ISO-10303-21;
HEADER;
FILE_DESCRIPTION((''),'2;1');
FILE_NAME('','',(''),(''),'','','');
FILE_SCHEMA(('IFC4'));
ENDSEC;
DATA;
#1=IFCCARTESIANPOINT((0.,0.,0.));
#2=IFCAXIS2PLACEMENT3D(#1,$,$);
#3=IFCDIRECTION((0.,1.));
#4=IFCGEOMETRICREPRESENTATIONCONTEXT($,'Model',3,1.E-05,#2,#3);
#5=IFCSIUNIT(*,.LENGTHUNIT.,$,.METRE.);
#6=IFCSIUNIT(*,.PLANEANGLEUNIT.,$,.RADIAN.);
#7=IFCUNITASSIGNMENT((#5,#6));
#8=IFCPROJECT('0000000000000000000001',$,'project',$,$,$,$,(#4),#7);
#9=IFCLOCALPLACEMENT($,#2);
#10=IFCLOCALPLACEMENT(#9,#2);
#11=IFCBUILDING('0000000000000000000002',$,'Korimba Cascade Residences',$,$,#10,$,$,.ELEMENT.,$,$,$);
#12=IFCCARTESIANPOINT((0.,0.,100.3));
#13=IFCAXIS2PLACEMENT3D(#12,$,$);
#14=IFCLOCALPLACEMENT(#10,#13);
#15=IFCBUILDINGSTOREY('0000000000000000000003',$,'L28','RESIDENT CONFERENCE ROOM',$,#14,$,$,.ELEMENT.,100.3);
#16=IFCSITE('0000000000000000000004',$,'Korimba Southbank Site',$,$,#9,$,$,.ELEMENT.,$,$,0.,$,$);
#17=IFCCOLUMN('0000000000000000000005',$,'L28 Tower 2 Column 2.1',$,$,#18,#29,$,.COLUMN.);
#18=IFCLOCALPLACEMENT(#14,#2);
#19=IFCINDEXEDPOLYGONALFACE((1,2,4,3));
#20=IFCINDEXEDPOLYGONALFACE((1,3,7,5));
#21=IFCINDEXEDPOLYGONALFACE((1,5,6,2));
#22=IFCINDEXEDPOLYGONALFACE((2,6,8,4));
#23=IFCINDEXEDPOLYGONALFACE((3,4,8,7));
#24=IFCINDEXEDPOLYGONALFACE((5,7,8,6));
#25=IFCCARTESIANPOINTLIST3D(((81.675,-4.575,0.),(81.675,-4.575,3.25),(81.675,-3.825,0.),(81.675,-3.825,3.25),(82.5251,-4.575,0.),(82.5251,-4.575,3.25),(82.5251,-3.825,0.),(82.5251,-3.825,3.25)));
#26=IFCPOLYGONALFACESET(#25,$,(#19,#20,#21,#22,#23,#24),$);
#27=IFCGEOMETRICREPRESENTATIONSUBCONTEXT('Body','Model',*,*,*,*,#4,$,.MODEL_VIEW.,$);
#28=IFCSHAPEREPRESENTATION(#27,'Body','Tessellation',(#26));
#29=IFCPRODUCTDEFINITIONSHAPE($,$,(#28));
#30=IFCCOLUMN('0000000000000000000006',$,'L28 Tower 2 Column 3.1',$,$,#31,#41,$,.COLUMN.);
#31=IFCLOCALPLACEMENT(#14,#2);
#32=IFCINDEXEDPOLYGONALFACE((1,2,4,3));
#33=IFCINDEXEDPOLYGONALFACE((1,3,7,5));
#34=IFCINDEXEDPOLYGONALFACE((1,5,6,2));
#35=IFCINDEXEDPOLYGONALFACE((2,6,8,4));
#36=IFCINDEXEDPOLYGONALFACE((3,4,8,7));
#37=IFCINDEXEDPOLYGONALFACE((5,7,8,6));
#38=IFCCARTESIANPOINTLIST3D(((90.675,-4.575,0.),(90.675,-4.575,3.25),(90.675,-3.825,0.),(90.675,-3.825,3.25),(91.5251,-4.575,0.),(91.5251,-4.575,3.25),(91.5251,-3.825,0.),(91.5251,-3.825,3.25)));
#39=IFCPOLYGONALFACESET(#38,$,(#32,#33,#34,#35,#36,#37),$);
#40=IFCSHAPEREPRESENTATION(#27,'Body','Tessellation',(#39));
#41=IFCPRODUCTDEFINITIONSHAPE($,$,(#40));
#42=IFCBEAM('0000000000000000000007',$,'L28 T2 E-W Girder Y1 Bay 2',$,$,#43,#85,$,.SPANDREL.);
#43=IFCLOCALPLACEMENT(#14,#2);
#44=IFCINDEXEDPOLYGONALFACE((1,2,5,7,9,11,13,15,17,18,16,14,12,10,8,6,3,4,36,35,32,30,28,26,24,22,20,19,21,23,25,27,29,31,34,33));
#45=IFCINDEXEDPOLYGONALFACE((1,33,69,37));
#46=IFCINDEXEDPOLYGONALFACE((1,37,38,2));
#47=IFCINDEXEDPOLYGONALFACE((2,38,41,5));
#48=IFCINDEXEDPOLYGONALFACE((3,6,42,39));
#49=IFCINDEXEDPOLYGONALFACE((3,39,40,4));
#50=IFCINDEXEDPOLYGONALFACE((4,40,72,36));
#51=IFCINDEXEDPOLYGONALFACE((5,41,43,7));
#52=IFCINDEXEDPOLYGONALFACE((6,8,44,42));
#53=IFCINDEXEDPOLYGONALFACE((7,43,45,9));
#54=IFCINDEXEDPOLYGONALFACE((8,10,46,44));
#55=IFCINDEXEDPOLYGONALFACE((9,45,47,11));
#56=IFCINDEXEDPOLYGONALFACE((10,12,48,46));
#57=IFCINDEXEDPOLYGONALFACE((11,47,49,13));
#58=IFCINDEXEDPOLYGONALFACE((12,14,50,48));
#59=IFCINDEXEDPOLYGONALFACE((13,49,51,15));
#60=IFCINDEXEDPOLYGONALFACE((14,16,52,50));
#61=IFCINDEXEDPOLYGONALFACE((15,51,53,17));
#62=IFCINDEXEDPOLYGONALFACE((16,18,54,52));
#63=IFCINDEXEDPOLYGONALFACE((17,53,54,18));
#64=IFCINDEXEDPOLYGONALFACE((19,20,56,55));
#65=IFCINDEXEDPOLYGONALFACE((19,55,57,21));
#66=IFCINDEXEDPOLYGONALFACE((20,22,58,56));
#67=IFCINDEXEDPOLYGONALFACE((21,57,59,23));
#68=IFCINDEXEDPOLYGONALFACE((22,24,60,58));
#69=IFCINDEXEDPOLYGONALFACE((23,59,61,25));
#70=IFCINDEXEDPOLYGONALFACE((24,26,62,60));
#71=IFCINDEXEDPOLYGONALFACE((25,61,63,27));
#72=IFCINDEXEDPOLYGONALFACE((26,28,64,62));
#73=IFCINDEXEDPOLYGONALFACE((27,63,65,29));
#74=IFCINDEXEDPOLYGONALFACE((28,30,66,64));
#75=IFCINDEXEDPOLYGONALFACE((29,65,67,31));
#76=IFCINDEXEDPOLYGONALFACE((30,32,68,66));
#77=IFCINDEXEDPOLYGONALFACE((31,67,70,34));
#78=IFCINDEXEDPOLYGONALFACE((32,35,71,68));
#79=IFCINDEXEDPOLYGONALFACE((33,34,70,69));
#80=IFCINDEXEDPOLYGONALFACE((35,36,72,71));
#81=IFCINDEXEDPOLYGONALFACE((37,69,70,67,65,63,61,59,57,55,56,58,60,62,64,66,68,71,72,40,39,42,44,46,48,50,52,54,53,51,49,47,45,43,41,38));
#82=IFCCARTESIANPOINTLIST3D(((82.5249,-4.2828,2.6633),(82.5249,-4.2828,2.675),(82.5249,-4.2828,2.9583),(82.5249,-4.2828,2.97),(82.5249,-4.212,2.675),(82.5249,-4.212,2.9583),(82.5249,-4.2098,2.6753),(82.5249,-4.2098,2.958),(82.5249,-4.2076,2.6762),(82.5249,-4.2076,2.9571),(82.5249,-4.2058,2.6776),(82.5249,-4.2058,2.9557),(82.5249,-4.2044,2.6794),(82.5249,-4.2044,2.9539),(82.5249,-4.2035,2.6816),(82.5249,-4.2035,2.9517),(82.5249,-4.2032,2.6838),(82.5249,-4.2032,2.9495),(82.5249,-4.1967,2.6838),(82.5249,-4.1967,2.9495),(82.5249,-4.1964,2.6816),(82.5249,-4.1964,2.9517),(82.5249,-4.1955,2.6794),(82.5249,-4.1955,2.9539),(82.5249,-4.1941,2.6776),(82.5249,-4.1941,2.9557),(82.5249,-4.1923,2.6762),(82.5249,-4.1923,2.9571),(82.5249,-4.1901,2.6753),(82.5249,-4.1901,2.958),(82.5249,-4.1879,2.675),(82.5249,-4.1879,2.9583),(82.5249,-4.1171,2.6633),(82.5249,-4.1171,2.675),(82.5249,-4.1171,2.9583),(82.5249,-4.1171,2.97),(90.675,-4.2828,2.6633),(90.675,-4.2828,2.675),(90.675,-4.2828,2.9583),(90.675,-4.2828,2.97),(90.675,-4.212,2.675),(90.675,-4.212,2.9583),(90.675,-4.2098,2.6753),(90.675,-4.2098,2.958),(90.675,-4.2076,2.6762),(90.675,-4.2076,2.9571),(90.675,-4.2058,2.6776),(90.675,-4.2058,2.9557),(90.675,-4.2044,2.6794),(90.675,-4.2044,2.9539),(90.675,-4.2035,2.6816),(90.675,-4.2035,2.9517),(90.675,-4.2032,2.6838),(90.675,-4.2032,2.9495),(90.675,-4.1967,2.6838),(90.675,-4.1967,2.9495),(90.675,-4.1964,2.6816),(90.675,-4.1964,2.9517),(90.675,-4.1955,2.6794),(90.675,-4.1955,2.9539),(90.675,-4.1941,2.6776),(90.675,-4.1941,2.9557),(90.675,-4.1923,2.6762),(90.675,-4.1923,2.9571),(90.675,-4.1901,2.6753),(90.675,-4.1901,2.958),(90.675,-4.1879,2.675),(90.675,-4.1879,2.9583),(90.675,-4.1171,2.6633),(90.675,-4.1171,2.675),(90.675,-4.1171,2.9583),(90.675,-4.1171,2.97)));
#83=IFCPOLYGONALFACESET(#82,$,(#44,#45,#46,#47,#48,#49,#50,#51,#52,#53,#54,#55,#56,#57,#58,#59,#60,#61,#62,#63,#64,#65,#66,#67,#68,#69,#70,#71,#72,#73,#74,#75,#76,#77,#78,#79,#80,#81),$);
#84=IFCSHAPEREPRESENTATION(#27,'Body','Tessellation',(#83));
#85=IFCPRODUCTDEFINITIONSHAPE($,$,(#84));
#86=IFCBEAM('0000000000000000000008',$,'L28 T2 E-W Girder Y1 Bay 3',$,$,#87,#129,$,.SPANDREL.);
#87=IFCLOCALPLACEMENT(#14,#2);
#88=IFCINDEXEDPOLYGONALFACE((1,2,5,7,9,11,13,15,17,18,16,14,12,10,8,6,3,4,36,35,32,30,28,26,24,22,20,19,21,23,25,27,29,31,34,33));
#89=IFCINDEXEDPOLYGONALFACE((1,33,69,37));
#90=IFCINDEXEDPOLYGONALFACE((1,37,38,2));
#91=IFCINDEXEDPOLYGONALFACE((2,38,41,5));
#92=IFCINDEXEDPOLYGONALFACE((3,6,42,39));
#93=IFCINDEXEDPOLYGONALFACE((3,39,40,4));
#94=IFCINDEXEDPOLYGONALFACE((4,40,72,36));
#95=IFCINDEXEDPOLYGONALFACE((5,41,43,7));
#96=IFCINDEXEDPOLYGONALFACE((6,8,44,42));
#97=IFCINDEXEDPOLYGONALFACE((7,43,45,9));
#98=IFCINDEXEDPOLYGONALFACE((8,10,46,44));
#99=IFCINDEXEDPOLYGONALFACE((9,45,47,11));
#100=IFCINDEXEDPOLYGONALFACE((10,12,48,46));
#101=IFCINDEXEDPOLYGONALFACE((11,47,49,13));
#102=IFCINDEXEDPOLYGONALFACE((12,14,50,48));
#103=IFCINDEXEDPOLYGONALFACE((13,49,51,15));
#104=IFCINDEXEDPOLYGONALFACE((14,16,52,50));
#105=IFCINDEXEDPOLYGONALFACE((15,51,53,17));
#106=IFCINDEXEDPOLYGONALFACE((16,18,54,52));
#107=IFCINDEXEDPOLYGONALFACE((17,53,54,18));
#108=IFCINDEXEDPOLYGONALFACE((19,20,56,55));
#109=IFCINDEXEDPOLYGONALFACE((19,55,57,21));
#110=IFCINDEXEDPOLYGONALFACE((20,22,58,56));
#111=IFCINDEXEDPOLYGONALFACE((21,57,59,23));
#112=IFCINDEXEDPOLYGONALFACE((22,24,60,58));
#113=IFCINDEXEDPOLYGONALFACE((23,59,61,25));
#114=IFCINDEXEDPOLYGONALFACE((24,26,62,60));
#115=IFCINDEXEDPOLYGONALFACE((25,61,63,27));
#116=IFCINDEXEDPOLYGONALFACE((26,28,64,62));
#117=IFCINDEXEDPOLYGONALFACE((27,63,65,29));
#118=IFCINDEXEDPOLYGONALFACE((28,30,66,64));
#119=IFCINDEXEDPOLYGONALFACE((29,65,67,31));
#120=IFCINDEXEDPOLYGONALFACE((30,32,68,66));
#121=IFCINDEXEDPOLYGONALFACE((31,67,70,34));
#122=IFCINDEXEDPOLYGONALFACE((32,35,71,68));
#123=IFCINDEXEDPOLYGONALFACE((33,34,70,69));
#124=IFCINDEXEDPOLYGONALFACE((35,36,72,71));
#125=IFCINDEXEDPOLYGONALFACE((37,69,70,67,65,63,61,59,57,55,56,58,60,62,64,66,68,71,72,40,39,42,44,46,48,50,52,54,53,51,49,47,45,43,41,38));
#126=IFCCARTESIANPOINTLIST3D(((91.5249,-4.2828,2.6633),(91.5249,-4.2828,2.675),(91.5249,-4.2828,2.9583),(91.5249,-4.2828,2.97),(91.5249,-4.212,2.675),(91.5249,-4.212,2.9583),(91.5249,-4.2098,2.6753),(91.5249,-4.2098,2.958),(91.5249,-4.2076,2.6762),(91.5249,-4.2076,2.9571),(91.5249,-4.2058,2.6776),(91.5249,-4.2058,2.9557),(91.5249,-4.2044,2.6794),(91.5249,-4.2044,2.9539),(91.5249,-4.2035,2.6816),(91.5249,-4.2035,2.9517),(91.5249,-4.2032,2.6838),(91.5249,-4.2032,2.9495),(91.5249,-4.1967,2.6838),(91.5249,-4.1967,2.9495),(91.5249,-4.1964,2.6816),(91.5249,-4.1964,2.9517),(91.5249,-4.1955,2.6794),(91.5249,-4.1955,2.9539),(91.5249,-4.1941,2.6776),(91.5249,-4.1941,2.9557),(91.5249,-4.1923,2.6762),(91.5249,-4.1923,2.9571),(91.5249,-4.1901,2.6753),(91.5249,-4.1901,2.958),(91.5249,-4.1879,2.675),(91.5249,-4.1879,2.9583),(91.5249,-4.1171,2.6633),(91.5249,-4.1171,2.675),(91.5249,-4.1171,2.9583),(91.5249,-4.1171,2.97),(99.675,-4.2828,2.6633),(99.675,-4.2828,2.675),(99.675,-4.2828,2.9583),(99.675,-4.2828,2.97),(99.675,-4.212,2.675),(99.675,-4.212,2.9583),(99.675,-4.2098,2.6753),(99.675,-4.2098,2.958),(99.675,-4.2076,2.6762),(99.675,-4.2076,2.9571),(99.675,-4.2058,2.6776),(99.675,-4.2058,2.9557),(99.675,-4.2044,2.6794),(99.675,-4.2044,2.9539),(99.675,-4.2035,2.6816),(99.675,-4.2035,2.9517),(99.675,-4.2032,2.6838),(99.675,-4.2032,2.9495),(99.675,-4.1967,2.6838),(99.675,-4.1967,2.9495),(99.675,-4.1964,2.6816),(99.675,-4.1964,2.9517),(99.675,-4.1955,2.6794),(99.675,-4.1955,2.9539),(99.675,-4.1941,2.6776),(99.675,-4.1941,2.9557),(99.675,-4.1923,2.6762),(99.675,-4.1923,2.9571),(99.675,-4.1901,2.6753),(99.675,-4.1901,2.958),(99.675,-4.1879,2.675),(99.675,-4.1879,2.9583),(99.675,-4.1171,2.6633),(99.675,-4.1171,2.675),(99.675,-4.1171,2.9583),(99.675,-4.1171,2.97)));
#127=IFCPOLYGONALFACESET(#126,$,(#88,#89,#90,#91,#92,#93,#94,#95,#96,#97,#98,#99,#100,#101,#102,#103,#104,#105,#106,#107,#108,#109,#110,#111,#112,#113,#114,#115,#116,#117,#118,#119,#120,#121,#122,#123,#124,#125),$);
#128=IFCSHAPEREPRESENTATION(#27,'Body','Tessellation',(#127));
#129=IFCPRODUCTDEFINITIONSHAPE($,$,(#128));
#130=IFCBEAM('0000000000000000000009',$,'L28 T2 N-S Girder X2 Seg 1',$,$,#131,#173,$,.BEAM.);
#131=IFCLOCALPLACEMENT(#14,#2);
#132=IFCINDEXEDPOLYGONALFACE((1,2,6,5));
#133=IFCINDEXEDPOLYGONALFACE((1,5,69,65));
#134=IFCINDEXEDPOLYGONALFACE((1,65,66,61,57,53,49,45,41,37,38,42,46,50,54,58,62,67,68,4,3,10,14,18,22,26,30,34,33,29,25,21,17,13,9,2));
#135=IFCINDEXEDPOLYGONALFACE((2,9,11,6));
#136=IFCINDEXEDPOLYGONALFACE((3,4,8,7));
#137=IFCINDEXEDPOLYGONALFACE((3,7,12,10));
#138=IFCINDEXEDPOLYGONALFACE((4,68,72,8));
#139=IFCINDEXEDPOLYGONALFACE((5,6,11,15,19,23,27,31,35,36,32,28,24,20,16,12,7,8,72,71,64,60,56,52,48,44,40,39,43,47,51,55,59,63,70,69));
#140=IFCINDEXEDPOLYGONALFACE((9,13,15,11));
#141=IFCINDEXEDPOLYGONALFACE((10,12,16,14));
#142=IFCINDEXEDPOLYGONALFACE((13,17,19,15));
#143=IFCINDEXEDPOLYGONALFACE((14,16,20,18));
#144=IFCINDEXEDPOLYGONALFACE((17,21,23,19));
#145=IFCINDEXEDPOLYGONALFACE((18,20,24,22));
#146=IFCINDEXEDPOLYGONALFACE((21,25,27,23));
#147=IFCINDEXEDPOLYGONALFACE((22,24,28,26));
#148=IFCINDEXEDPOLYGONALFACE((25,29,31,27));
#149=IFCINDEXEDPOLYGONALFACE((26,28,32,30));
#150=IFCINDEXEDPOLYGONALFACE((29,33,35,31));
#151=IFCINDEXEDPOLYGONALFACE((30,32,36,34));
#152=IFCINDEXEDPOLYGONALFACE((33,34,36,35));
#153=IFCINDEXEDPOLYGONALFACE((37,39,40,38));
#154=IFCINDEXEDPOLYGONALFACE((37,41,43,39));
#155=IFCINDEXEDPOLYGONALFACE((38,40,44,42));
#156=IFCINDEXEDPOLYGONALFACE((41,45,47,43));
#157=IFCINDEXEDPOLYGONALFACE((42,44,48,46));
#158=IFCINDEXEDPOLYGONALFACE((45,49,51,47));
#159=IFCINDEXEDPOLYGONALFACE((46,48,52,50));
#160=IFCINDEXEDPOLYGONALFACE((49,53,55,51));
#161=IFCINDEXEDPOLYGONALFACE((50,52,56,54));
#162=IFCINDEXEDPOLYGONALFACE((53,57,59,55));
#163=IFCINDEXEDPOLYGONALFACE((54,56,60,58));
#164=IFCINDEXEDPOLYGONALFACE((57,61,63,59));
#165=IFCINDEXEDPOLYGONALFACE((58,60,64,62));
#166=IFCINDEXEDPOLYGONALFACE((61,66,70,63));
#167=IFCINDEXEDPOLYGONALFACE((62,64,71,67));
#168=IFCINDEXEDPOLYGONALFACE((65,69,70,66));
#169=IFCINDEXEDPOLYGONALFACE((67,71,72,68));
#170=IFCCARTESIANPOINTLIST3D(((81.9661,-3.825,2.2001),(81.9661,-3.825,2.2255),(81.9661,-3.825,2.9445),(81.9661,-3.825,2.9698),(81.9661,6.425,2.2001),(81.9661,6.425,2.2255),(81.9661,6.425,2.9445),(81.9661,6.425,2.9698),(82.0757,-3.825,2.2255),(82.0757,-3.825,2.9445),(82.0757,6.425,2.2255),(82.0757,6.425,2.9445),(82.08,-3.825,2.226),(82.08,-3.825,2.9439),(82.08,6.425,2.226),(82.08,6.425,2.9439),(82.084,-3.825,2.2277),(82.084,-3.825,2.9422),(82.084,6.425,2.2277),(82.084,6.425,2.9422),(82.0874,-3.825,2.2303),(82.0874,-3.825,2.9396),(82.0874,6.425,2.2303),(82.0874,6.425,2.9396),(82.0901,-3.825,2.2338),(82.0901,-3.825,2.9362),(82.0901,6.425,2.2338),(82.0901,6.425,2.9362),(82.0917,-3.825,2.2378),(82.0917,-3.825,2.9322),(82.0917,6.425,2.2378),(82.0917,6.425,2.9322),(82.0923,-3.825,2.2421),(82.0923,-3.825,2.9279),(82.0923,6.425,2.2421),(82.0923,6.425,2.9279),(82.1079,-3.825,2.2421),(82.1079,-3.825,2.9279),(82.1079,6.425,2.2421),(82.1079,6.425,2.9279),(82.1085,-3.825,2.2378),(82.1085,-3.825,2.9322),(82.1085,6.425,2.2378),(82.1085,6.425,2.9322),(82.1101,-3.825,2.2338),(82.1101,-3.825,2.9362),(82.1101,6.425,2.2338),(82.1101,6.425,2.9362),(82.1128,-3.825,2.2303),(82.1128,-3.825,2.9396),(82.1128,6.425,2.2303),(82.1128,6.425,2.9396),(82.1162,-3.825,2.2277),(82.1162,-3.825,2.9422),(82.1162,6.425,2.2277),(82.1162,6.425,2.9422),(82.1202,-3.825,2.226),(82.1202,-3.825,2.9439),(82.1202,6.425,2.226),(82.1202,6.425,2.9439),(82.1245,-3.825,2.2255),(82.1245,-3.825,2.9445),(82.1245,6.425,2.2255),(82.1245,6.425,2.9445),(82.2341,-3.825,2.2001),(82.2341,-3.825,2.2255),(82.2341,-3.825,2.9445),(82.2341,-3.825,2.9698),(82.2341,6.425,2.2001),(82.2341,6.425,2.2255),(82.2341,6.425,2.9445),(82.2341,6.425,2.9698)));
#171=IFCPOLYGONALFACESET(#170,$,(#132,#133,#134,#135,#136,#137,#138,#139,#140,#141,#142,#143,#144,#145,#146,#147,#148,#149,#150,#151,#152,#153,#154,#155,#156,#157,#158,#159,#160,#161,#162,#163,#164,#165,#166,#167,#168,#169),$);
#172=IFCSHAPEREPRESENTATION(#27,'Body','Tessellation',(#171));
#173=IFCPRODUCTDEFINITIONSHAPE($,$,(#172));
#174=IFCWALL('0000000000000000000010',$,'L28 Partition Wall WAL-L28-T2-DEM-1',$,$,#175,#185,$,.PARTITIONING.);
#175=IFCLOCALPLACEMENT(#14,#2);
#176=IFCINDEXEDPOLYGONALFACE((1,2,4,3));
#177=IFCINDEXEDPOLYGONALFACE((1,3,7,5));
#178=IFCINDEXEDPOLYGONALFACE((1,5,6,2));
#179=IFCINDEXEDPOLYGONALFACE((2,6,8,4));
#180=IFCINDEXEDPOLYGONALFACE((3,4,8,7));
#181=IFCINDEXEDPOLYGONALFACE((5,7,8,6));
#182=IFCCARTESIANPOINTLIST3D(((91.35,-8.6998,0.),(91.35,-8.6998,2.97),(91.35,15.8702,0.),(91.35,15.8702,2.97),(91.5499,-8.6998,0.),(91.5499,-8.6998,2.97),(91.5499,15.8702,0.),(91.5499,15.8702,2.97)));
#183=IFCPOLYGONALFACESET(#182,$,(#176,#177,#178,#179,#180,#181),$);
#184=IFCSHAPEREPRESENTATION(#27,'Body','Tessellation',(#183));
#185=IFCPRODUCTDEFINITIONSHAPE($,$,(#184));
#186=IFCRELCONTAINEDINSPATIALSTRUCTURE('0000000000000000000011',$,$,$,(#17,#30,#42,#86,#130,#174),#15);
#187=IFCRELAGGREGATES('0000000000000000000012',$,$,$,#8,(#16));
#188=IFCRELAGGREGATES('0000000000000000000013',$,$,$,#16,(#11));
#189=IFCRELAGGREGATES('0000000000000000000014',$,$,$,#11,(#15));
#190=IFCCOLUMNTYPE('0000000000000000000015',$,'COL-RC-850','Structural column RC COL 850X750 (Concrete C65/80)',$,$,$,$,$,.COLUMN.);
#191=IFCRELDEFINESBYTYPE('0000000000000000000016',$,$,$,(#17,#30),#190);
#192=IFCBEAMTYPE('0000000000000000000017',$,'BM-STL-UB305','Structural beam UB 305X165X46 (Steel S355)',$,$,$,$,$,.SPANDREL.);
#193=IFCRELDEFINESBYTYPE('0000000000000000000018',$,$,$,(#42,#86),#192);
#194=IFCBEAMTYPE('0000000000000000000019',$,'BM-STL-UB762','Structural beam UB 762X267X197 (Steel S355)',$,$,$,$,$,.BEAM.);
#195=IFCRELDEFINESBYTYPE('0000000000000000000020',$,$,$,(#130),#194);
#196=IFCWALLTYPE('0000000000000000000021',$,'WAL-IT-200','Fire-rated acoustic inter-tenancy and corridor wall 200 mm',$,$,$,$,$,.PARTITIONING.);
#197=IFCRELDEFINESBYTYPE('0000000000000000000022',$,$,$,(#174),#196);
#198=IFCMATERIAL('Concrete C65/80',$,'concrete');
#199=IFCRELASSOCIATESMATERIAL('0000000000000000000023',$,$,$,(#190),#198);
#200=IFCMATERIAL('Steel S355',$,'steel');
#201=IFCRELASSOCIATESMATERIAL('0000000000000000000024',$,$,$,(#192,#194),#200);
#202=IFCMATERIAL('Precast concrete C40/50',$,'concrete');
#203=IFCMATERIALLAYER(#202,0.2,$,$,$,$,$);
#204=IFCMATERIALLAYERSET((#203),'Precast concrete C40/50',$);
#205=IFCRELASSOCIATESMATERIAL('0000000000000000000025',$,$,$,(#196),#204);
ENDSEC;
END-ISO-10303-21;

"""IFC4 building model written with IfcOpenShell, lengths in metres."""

from ifc_helpers import new_model, si_unit, direction, frame, frame_2d, origin, origin_2d, place, context, subcontext, project, spatial, rectangle, i_section, extrude, material, layer, layer_set, material_profile, profile_set, type_object, element, save


model = new_model("IFC4")

# Units and contexts
model_context = context("Model", 3, precision=1e-05, world=origin(), true_north=direction((0.0, 1.0)))
body_context = subcontext(model_context, "Body", "Model", "MODEL_VIEW")
ifc_project = project(units=[si_unit("LENGTHUNIT", "METRE"), si_unit("PLANEANGLEUNIT", "RADIAN")], contexts=[model_context])

# Site, building, storey
site_placement = place(None, origin())
site = spatial("IfcSite", under=ifc_project, at=site_placement, Name="Korimba Southbank Site", CompositionType="ELEMENT", RefElevation=0.0)
building_placement = place(site_placement, origin())
building = spatial("IfcBuilding", under=site, at=building_placement, Name="Korimba Cascade Residences", CompositionType="ELEMENT")
storey_placement = place(building_placement, frame((0.0, 0.0, 100.3)))
storey = spatial("IfcBuildingStorey", under=building, at=storey_placement, Name="L28", Description="RESIDENT CONFERENCE ROOM", CompositionType="ELEMENT", Elevation=100.3)

# Columns
ifc_material_1 = material(Name="Concrete C65/80", Category="concrete")
ifc_material_profile_1 = material_profile(ifc_material_1, rectangle(XDim=0.8501, YDim=0.75, at=origin_2d()), Name="Concrete C65/80")
ifc_profile_set_1 = profile_set([ifc_material_profile_1], Name="Concrete C65/80")
column_type = type_object("IfcColumnType", Name="COL-RC-850", Description="Structural column RC COL 850X750 (Concrete C65/80)", PredefinedType="COLUMN", material=ifc_profile_set_1)
for number, where, z_axis, x_axis, name in (
    (1, (82.1001, -4.2, 0.0), (0.0, 0.0, 1.0), (1.0, 0.0, 0.0), "L28 Tower 2 Column 2.1"),
    (2, (91.1001, -4.2, 0.0), (0.0, 0.0, 1.0), (1.0, 0.0, 0.0), "L28 Tower 2 Column 3.1"),
):
    element("IfcColumn", number, at=place(storey_placement, frame(where, z_axis=z_axis, x_axis=x_axis)), inside=storey, type_object=column_type, Name=name, PredefinedType="COLUMN", context=body_context, shape_type="SweptSolid", body=[
        extrude(rectangle(XDim=0.8501, YDim=0.75, at=origin_2d()), origin(), (0.0, 0.0, 1.0), 3.25),
    ])

# Beams
ifc_material_2 = material(Name="Steel S355", Category="steel")
ifc_material_profile_2 = material_profile(ifc_material_2, i_section(OverallWidth=0.1658, OverallDepth=0.3066, WebThickness=0.0066, FlangeThickness=0.0117, FilletRadius=0.0088, at=origin_2d()), Name="Steel S355")
ifc_profile_set_2 = profile_set([ifc_material_profile_2], Name="Steel S355")
beam_type_1 = type_object("IfcBeamType", Name="BM-STL-UB305", Description="Structural beam UB 305X165X46 (Steel S355)", PredefinedType="SPANDREL", material=ifc_profile_set_2)
for number, where, z_axis, x_axis, name in (
    (3, (82.5249, -4.2, 2.8167), (1.0, 0.0, 0.0), (0.0, 1.0, 0.0), "L28 T2 E-W Girder Y1 Bay 2"),
    (4, (91.5249, -4.2, 2.8167), (1.0, 0.0, 0.0), (0.0, 1.0, 0.0), "L28 T2 E-W Girder Y1 Bay 3"),
):
    element("IfcBeam", number, at=place(storey_placement, frame(where, z_axis=z_axis, x_axis=x_axis)), inside=storey, type_object=beam_type_1, Name=name, PredefinedType="SPANDREL", context=body_context, shape_type="SweptSolid", body=[
        extrude(i_section(OverallWidth=0.1658, OverallDepth=0.3066, WebThickness=0.0066, FlangeThickness=0.0117, FilletRadius=0.0088, at=origin_2d()), origin(), (0.0, 0.0, 1.0), 8.1501),
    ])
ifc_material_profile_3 = material_profile(ifc_material_2, i_section(OverallWidth=0.2681, OverallDepth=0.7698, WebThickness=0.0156, FlangeThickness=0.0254, FilletRadius=0.0166, at=origin_2d()), Name="Steel S355")
ifc_profile_set_3 = profile_set([ifc_material_profile_3], Name="Steel S355")
beam_type_2 = type_object("IfcBeamType", Name="BM-STL-UB762", Description="Structural beam UB 762X267X197 (Steel S355)", PredefinedType="BEAM", material=ifc_profile_set_3)
beam_placement = place(storey_placement, frame((82.1001, -3.825, 2.585), z_axis=(0.0, 1.0, 0.0), x_axis=(-1.0, 0.0, 0.0)))
element("IfcBeam", 5, at=beam_placement, inside=storey, type_object=beam_type_2, Name="L28 T2 N-S Girder X2 Seg 1", PredefinedType="BEAM", context=body_context, shape_type="SweptSolid", body=[
    extrude(i_section(OverallWidth=0.2681, OverallDepth=0.7698, WebThickness=0.0156, FlangeThickness=0.0254, FilletRadius=0.0166, at=origin_2d()), origin(), (0.0, 0.0, 1.0), 10.25),
])

# Wall
ifc_material_3 = material(Name="Precast concrete C40/50", Category="concrete")
ifc_layer_1 = layer(ifc_material_3, 0.2)
ifc_layer_set_1 = layer_set([ifc_layer_1], Name="Precast concrete C40/50")
wall_type_1 = type_object("IfcWallType", Name="WAL-IT-200", Description="Fire-rated acoustic inter-tenancy and corridor wall 200 mm", PredefinedType="PARTITIONING", material=ifc_layer_set_1)
wall_1_placement = place(storey_placement, frame((91.45, -8.7, 0.0), z_axis=(0.0, 0.0, 1.0), x_axis=(0.0, 1.0, 0.0)))
element("IfcWall", 6, at=wall_1_placement, inside=storey, type_object=wall_type_1, Name="L28 Partition Wall WAL-L28-T2-DEM-1", PredefinedType="PARTITIONING", context=body_context, shape_type="SweptSolid", body=[
    extrude(rectangle(XDim=24.5701, YDim=0.2, at=frame_2d((12.2852, 0.0))), origin(), (0.0, 0.0, 1.0), 2.97),
])

save(model, "model.ifc")
